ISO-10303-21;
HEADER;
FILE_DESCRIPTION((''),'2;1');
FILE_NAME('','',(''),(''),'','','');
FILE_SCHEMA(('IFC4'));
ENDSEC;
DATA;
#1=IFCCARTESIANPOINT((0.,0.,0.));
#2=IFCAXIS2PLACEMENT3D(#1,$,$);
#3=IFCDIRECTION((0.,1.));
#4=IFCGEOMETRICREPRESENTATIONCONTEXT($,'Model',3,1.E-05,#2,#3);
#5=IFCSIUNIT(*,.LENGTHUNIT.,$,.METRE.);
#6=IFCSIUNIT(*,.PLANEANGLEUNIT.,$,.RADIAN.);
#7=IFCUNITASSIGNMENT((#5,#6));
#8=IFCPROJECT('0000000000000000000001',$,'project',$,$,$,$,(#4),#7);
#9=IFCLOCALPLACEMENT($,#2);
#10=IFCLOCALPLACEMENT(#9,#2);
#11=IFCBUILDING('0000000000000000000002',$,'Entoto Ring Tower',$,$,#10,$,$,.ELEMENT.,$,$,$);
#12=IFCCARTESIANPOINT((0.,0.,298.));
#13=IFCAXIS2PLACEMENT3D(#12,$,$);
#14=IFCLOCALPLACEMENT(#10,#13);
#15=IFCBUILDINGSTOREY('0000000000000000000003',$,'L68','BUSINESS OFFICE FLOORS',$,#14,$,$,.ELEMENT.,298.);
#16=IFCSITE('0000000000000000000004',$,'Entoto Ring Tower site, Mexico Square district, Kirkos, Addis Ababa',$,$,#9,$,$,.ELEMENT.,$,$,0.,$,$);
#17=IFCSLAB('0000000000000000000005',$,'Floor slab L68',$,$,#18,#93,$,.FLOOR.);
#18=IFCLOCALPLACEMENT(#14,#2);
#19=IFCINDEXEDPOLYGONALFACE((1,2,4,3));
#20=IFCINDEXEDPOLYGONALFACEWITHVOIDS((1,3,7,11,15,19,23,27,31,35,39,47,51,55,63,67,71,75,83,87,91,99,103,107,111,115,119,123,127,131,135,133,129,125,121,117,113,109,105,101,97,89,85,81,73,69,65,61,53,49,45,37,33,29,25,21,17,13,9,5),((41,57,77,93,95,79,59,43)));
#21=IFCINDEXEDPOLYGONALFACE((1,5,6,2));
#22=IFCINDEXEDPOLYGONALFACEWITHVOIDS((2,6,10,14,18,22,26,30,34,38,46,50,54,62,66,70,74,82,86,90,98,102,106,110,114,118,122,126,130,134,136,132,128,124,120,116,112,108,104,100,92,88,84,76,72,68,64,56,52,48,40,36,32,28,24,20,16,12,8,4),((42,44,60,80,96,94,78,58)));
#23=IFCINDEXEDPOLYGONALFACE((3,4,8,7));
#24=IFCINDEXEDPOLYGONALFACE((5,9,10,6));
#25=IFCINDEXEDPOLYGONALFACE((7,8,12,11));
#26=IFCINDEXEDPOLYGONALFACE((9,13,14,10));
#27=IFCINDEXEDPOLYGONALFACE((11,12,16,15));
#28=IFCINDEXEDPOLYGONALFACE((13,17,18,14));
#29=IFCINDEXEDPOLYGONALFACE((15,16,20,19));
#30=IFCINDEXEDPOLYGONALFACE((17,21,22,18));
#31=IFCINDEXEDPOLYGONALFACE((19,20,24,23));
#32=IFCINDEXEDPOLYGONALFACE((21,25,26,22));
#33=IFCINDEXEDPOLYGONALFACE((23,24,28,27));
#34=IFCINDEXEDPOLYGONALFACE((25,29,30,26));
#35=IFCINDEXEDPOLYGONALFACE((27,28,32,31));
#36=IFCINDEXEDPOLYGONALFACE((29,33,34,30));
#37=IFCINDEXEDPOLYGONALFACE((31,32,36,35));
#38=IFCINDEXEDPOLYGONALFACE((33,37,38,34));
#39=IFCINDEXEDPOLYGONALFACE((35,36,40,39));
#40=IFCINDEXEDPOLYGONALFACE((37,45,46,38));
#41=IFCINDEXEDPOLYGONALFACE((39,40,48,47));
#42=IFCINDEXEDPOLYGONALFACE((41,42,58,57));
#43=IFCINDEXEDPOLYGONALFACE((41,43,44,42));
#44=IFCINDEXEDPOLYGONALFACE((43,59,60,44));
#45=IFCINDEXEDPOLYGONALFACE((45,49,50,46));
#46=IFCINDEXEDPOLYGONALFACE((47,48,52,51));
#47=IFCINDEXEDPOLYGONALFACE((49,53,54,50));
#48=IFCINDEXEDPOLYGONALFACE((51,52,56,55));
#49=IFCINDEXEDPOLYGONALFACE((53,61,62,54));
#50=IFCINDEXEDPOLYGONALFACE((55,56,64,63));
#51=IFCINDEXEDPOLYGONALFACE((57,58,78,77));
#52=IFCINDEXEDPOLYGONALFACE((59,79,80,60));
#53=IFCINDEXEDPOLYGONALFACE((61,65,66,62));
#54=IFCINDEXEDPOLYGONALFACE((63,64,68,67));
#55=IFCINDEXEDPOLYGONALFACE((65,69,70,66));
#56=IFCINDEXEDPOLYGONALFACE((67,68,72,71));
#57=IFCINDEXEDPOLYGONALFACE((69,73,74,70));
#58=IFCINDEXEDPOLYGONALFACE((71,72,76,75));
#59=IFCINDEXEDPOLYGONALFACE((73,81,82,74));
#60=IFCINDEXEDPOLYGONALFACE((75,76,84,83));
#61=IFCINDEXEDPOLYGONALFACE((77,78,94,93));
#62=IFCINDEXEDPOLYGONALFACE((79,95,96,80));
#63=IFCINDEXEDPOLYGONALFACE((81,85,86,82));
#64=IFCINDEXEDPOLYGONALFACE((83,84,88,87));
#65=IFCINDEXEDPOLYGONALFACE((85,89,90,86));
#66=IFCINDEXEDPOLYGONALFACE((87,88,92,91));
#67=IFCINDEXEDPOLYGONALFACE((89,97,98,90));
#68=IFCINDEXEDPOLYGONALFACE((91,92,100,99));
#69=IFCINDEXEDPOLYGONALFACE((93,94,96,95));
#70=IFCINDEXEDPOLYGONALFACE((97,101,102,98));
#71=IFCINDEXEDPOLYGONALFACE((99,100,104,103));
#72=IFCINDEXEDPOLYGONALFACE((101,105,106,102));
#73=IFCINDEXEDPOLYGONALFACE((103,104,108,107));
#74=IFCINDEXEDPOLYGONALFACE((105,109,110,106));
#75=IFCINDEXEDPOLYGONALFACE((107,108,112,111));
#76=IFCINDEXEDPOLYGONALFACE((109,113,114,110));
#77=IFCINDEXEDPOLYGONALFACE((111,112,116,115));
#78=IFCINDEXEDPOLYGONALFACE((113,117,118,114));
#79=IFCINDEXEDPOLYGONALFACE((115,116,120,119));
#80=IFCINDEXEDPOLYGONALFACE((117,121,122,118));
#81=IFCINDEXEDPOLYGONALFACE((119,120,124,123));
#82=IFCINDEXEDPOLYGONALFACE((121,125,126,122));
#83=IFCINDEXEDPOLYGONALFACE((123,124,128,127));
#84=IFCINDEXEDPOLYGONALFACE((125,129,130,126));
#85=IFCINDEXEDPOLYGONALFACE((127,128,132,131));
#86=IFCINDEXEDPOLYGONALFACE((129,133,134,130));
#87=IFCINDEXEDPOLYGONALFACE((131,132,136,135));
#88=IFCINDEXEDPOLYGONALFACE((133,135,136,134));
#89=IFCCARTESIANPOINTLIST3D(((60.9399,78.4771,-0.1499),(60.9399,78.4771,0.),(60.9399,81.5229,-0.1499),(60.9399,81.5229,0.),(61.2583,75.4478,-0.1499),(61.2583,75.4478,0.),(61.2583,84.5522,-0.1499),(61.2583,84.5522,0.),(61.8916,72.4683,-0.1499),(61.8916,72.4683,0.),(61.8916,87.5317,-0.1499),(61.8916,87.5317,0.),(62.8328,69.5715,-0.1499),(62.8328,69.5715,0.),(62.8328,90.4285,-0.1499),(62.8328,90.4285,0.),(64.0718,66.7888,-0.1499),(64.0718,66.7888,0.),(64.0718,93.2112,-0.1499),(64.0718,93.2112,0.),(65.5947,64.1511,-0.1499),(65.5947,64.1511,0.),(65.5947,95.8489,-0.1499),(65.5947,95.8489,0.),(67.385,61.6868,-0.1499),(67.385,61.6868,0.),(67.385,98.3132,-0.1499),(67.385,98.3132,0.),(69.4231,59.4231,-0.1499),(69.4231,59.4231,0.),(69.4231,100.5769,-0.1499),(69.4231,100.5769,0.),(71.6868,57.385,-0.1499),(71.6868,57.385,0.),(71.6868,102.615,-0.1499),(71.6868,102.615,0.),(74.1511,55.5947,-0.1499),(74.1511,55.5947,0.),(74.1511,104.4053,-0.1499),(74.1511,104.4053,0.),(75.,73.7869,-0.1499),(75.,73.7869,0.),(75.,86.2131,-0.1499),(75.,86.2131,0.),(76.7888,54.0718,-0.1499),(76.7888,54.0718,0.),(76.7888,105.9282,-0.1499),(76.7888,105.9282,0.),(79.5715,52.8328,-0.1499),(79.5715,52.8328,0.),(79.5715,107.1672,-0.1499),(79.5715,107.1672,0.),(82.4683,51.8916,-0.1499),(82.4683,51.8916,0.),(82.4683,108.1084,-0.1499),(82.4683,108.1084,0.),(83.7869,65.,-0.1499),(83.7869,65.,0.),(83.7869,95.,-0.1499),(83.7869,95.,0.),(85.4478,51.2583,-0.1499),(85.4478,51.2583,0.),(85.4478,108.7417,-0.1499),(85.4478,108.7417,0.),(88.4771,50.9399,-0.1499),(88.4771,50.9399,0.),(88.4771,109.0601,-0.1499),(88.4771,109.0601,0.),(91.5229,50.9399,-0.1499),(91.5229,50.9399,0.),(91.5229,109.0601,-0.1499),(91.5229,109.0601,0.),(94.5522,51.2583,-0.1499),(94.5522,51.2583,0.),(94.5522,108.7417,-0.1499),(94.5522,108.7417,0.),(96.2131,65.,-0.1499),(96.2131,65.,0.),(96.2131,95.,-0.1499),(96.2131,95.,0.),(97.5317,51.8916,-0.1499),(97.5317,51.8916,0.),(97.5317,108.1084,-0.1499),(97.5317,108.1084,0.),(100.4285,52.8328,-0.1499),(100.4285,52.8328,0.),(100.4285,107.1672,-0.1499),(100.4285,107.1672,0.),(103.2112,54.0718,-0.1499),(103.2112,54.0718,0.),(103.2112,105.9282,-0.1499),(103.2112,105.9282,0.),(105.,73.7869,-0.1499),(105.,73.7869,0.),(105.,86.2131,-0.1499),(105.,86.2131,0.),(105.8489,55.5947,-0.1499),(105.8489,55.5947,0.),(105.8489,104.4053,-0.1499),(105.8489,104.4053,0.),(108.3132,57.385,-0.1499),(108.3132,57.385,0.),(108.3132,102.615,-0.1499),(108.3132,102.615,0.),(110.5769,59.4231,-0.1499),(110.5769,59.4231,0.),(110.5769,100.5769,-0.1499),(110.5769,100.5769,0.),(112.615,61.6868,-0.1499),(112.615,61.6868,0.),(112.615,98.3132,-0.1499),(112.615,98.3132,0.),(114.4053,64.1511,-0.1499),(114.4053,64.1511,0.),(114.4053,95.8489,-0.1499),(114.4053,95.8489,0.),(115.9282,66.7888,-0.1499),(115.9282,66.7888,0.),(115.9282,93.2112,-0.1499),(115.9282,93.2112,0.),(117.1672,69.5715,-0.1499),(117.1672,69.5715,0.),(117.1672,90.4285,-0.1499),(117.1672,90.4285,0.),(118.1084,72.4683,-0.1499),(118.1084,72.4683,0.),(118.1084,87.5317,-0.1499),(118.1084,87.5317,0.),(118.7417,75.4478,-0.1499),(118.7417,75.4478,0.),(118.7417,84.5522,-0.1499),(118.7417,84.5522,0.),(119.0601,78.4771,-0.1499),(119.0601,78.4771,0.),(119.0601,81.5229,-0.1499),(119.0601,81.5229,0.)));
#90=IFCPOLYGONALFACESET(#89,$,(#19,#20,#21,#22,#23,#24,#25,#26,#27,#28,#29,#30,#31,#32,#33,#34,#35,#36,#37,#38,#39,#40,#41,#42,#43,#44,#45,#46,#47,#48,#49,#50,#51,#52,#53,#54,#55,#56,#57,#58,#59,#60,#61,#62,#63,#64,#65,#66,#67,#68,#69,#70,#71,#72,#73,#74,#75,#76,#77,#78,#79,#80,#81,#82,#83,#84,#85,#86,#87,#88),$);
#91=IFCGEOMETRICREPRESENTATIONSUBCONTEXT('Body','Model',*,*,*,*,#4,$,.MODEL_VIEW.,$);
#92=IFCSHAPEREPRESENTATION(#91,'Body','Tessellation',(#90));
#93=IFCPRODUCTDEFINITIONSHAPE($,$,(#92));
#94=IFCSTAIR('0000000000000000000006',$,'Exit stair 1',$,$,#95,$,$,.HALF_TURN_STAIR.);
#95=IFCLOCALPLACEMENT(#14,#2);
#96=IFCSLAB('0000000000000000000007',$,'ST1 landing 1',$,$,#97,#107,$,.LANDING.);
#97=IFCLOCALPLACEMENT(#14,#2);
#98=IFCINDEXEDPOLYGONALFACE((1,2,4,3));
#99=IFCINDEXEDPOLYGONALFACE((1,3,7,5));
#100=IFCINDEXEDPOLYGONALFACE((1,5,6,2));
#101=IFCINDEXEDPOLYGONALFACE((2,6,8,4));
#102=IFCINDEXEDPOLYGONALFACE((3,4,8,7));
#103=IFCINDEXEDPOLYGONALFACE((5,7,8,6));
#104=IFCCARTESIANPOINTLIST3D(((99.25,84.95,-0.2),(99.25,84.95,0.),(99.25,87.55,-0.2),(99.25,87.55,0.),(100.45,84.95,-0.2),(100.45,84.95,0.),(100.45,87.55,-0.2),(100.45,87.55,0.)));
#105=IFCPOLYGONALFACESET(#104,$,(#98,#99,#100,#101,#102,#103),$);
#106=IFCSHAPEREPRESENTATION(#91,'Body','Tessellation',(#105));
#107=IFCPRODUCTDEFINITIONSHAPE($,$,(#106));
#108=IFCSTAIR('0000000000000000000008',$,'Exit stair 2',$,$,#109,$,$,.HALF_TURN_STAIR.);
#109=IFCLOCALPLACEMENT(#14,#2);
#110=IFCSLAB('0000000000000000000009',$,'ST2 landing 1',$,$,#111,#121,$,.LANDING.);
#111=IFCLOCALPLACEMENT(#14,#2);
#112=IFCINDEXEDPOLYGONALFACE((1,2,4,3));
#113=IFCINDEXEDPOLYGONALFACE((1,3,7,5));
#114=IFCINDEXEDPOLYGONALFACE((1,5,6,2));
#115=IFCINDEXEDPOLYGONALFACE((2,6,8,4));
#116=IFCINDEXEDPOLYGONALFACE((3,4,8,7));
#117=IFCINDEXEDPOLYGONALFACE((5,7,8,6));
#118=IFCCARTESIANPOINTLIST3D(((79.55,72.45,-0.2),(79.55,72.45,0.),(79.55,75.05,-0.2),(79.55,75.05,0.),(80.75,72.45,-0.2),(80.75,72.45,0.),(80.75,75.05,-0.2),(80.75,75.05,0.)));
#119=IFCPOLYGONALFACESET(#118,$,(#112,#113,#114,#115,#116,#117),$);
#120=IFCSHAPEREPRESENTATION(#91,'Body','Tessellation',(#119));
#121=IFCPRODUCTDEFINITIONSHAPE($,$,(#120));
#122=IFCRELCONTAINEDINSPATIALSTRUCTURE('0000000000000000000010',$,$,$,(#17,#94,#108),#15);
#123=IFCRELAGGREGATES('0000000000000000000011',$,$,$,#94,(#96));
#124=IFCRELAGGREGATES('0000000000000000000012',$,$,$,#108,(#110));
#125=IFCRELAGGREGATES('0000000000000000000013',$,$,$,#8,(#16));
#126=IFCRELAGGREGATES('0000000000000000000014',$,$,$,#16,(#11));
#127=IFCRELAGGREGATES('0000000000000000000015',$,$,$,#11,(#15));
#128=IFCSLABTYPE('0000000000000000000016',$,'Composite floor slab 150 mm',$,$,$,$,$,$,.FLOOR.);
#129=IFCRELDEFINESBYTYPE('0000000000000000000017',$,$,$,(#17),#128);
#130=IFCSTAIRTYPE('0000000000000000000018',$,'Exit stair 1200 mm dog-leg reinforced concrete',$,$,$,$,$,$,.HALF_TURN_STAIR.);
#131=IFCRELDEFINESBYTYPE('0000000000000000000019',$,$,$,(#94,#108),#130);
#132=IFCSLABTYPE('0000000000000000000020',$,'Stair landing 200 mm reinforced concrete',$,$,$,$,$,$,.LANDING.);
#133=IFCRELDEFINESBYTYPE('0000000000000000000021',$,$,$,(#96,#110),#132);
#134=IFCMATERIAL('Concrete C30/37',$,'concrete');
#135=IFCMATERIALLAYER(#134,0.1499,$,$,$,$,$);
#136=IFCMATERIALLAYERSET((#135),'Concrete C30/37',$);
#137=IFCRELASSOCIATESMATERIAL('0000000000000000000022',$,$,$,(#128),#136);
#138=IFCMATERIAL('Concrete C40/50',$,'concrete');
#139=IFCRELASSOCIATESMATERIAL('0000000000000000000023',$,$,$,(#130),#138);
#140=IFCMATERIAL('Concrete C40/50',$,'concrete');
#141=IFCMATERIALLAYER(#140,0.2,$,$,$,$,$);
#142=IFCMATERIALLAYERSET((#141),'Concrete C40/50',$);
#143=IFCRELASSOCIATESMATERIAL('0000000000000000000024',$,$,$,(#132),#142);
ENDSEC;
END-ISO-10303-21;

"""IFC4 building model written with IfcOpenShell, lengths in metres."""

from ifc_helpers import new_model, si_unit, direction, frame, origin, place, context, subcontext, project, spatial, polyline, outline, extrude, material, layer, layer_set, type_object, element, aggregate, save


model = new_model("IFC4")

# Units and contexts
model_context = context("Model", 3, precision=1e-05, world=origin(), true_north=direction((0.0, 1.0)))
body_context = subcontext(model_context, "Body", "Model", "MODEL_VIEW")
ifc_project = project(units=[si_unit("LENGTHUNIT", "METRE"), si_unit("PLANEANGLEUNIT", "RADIAN")], contexts=[model_context])

# Site, building, storey
site_placement = place(None, origin())
building_placement = place(site_placement, origin())
storey_placement = place(building_placement, frame((0.0, 0.0, 298.0)))
site = spatial("IfcSite", under=ifc_project, at=site_placement, Name="Entoto Ring Tower site, Mexico Square district, Kirkos, Addis Ababa", CompositionType="ELEMENT", RefElevation=0.0)
building = spatial("IfcBuilding", under=site, at=building_placement, Name="Entoto Ring Tower", CompositionType="ELEMENT")
storey = spatial("IfcBuildingStorey", under=building, at=storey_placement, Name="L68", Description="BUSINESS OFFICE FLOORS", CompositionType="ELEMENT", Elevation=298.0)

# Slab
ifc_material_1 = material(Name="Concrete C30/37", Category="concrete")
ifc_layer_1 = layer(ifc_material_1, 0.1499)
ifc_layer_set_1 = layer_set([ifc_layer_1], Name="Concrete C30/37")
slab_type_1 = type_object("IfcSlabType", Name="Composite floor slab 150 mm", PredefinedType="FLOOR", material=ifc_layer_set_1)
slab_1_placement = place(storey_placement, frame((0.0, 0.0, -0.1499)))
element("IfcSlab", 1, at=slab_1_placement, inside=storey, type_object=slab_type_1, Name="Floor slab L68", PredefinedType="FLOOR", context=body_context, shape_type="SweptSolid", body=[
    extrude(outline(polyline([(118.7417, 84.5522), (118.1084, 87.5317), (117.1672, 90.4285), (115.9282, 93.2112), (114.4053, 95.8489), (112.615, 98.3132), (110.5769, 100.5769), (108.3132, 102.615), (105.8489, 104.4053), (103.2112, 105.9282), (100.4285, 107.1672), (97.5317, 108.1084), (94.5522, 108.7417), (91.5229, 109.0601), (88.4771, 109.0601), (85.4478, 108.7417), (82.4683, 108.1084), (79.5715, 107.1672), (76.7888, 105.9282), (74.1511, 104.4053), (71.6868, 102.615), (69.4231, 100.5769), (67.385, 98.3132), (65.5947, 95.8489), (64.0718, 93.2112), (62.8328, 90.4285), (61.8916, 87.5317), (61.2583, 84.5522), (60.9399, 81.5229), (60.9399, 78.4771), (61.2583, 75.4478), (61.8916, 72.4683), (62.8328, 69.5715), (64.0718, 66.7888), (65.5947, 64.1511), (67.385, 61.6868), (69.4231, 59.4231), (71.6868, 57.385), (74.1511, 55.5947), (76.7888, 54.0718), (79.5715, 52.8328), (82.4683, 51.8916), (85.4478, 51.2583), (88.4771, 50.9399), (91.5229, 50.9399), (94.5522, 51.2583), (97.5317, 51.8916), (100.4285, 52.8328), (103.2112, 54.0718), (105.8489, 55.5947), (108.3132, 57.385), (110.5769, 59.4231), (112.615, 61.6868), (114.4053, 64.1511), (115.9282, 66.7888), (117.1672, 69.5715), (118.1084, 72.4683), (118.7417, 75.4478), (119.0601, 78.4771), (119.0601, 81.5229), (118.7417, 84.5522)]), holes=[polyline([(105.0, 73.7869), (105.0, 86.2131), (96.2131, 95.0), (83.7869, 95.0), (75.0, 86.2131), (75.0, 73.7869), (83.7869, 65.0), (96.2131, 65.0), (105.0, 73.7869)])]), origin(), (0.0, 0.0, 1.0), 0.1499),
])

# Stairs, slabs
ifc_material_2 = material(Name="Concrete C40/50", Category="concrete")
stair_type = type_object("IfcStairType", Name="Exit stair 1200 mm dog-leg reinforced concrete", PredefinedType="HALF_TURN_STAIR", material=ifc_material_2)
stair_1_placement = place(storey_placement, origin())
stair_1 = element("IfcStair", 2, at=stair_1_placement, inside=storey, type_object=stair_type, Name="Exit stair 1", PredefinedType="HALF_TURN_STAIR")
ifc_material_3 = material(Name="Concrete C40/50", Category="concrete")
ifc_layer_2 = layer(ifc_material_3, 0.2)
ifc_layer_set_2 = layer_set([ifc_layer_2], Name="Concrete C40/50")
slab_type_2 = type_object("IfcSlabType", Name="Stair landing 200 mm reinforced concrete", PredefinedType="LANDING", material=ifc_layer_set_2)
slab_2_placement = place(storey_placement, frame((0.0, 0.0, -0.2)))
slab_2 = element("IfcSlab", 3, at=slab_2_placement, type_object=slab_type_2, Name="ST1 landing 1", PredefinedType="LANDING", context=body_context, shape_type="SweptSolid", body=[
    extrude(outline(polyline([(100.45, 84.95), (100.45, 87.55), (99.25, 87.55), (99.25, 84.95), (100.45, 84.95)])), origin(), (0.0, 0.0, 1.0), 0.2),
])
aggregate(stair_1, [slab_2])
stair_2_placement = place(storey_placement, origin())
stair_2 = element("IfcStair", 4, at=stair_2_placement, inside=storey, type_object=stair_type, Name="Exit stair 2", PredefinedType="HALF_TURN_STAIR")
slab_3_placement = place(storey_placement, frame((0.0, 0.0, -0.2)))
slab_3 = element("IfcSlab", 5, at=slab_3_placement, type_object=slab_type_2, Name="ST2 landing 1", PredefinedType="LANDING", context=body_context, shape_type="SweptSolid", body=[
    extrude(outline(polyline([(80.75, 72.45), (80.75, 75.05), (79.55, 75.05), (79.55, 72.45), (80.75, 72.45)])), origin(), (0.0, 0.0, 1.0), 0.2),
])
aggregate(stair_2, [slab_3])

save(model, "model.ifc")
